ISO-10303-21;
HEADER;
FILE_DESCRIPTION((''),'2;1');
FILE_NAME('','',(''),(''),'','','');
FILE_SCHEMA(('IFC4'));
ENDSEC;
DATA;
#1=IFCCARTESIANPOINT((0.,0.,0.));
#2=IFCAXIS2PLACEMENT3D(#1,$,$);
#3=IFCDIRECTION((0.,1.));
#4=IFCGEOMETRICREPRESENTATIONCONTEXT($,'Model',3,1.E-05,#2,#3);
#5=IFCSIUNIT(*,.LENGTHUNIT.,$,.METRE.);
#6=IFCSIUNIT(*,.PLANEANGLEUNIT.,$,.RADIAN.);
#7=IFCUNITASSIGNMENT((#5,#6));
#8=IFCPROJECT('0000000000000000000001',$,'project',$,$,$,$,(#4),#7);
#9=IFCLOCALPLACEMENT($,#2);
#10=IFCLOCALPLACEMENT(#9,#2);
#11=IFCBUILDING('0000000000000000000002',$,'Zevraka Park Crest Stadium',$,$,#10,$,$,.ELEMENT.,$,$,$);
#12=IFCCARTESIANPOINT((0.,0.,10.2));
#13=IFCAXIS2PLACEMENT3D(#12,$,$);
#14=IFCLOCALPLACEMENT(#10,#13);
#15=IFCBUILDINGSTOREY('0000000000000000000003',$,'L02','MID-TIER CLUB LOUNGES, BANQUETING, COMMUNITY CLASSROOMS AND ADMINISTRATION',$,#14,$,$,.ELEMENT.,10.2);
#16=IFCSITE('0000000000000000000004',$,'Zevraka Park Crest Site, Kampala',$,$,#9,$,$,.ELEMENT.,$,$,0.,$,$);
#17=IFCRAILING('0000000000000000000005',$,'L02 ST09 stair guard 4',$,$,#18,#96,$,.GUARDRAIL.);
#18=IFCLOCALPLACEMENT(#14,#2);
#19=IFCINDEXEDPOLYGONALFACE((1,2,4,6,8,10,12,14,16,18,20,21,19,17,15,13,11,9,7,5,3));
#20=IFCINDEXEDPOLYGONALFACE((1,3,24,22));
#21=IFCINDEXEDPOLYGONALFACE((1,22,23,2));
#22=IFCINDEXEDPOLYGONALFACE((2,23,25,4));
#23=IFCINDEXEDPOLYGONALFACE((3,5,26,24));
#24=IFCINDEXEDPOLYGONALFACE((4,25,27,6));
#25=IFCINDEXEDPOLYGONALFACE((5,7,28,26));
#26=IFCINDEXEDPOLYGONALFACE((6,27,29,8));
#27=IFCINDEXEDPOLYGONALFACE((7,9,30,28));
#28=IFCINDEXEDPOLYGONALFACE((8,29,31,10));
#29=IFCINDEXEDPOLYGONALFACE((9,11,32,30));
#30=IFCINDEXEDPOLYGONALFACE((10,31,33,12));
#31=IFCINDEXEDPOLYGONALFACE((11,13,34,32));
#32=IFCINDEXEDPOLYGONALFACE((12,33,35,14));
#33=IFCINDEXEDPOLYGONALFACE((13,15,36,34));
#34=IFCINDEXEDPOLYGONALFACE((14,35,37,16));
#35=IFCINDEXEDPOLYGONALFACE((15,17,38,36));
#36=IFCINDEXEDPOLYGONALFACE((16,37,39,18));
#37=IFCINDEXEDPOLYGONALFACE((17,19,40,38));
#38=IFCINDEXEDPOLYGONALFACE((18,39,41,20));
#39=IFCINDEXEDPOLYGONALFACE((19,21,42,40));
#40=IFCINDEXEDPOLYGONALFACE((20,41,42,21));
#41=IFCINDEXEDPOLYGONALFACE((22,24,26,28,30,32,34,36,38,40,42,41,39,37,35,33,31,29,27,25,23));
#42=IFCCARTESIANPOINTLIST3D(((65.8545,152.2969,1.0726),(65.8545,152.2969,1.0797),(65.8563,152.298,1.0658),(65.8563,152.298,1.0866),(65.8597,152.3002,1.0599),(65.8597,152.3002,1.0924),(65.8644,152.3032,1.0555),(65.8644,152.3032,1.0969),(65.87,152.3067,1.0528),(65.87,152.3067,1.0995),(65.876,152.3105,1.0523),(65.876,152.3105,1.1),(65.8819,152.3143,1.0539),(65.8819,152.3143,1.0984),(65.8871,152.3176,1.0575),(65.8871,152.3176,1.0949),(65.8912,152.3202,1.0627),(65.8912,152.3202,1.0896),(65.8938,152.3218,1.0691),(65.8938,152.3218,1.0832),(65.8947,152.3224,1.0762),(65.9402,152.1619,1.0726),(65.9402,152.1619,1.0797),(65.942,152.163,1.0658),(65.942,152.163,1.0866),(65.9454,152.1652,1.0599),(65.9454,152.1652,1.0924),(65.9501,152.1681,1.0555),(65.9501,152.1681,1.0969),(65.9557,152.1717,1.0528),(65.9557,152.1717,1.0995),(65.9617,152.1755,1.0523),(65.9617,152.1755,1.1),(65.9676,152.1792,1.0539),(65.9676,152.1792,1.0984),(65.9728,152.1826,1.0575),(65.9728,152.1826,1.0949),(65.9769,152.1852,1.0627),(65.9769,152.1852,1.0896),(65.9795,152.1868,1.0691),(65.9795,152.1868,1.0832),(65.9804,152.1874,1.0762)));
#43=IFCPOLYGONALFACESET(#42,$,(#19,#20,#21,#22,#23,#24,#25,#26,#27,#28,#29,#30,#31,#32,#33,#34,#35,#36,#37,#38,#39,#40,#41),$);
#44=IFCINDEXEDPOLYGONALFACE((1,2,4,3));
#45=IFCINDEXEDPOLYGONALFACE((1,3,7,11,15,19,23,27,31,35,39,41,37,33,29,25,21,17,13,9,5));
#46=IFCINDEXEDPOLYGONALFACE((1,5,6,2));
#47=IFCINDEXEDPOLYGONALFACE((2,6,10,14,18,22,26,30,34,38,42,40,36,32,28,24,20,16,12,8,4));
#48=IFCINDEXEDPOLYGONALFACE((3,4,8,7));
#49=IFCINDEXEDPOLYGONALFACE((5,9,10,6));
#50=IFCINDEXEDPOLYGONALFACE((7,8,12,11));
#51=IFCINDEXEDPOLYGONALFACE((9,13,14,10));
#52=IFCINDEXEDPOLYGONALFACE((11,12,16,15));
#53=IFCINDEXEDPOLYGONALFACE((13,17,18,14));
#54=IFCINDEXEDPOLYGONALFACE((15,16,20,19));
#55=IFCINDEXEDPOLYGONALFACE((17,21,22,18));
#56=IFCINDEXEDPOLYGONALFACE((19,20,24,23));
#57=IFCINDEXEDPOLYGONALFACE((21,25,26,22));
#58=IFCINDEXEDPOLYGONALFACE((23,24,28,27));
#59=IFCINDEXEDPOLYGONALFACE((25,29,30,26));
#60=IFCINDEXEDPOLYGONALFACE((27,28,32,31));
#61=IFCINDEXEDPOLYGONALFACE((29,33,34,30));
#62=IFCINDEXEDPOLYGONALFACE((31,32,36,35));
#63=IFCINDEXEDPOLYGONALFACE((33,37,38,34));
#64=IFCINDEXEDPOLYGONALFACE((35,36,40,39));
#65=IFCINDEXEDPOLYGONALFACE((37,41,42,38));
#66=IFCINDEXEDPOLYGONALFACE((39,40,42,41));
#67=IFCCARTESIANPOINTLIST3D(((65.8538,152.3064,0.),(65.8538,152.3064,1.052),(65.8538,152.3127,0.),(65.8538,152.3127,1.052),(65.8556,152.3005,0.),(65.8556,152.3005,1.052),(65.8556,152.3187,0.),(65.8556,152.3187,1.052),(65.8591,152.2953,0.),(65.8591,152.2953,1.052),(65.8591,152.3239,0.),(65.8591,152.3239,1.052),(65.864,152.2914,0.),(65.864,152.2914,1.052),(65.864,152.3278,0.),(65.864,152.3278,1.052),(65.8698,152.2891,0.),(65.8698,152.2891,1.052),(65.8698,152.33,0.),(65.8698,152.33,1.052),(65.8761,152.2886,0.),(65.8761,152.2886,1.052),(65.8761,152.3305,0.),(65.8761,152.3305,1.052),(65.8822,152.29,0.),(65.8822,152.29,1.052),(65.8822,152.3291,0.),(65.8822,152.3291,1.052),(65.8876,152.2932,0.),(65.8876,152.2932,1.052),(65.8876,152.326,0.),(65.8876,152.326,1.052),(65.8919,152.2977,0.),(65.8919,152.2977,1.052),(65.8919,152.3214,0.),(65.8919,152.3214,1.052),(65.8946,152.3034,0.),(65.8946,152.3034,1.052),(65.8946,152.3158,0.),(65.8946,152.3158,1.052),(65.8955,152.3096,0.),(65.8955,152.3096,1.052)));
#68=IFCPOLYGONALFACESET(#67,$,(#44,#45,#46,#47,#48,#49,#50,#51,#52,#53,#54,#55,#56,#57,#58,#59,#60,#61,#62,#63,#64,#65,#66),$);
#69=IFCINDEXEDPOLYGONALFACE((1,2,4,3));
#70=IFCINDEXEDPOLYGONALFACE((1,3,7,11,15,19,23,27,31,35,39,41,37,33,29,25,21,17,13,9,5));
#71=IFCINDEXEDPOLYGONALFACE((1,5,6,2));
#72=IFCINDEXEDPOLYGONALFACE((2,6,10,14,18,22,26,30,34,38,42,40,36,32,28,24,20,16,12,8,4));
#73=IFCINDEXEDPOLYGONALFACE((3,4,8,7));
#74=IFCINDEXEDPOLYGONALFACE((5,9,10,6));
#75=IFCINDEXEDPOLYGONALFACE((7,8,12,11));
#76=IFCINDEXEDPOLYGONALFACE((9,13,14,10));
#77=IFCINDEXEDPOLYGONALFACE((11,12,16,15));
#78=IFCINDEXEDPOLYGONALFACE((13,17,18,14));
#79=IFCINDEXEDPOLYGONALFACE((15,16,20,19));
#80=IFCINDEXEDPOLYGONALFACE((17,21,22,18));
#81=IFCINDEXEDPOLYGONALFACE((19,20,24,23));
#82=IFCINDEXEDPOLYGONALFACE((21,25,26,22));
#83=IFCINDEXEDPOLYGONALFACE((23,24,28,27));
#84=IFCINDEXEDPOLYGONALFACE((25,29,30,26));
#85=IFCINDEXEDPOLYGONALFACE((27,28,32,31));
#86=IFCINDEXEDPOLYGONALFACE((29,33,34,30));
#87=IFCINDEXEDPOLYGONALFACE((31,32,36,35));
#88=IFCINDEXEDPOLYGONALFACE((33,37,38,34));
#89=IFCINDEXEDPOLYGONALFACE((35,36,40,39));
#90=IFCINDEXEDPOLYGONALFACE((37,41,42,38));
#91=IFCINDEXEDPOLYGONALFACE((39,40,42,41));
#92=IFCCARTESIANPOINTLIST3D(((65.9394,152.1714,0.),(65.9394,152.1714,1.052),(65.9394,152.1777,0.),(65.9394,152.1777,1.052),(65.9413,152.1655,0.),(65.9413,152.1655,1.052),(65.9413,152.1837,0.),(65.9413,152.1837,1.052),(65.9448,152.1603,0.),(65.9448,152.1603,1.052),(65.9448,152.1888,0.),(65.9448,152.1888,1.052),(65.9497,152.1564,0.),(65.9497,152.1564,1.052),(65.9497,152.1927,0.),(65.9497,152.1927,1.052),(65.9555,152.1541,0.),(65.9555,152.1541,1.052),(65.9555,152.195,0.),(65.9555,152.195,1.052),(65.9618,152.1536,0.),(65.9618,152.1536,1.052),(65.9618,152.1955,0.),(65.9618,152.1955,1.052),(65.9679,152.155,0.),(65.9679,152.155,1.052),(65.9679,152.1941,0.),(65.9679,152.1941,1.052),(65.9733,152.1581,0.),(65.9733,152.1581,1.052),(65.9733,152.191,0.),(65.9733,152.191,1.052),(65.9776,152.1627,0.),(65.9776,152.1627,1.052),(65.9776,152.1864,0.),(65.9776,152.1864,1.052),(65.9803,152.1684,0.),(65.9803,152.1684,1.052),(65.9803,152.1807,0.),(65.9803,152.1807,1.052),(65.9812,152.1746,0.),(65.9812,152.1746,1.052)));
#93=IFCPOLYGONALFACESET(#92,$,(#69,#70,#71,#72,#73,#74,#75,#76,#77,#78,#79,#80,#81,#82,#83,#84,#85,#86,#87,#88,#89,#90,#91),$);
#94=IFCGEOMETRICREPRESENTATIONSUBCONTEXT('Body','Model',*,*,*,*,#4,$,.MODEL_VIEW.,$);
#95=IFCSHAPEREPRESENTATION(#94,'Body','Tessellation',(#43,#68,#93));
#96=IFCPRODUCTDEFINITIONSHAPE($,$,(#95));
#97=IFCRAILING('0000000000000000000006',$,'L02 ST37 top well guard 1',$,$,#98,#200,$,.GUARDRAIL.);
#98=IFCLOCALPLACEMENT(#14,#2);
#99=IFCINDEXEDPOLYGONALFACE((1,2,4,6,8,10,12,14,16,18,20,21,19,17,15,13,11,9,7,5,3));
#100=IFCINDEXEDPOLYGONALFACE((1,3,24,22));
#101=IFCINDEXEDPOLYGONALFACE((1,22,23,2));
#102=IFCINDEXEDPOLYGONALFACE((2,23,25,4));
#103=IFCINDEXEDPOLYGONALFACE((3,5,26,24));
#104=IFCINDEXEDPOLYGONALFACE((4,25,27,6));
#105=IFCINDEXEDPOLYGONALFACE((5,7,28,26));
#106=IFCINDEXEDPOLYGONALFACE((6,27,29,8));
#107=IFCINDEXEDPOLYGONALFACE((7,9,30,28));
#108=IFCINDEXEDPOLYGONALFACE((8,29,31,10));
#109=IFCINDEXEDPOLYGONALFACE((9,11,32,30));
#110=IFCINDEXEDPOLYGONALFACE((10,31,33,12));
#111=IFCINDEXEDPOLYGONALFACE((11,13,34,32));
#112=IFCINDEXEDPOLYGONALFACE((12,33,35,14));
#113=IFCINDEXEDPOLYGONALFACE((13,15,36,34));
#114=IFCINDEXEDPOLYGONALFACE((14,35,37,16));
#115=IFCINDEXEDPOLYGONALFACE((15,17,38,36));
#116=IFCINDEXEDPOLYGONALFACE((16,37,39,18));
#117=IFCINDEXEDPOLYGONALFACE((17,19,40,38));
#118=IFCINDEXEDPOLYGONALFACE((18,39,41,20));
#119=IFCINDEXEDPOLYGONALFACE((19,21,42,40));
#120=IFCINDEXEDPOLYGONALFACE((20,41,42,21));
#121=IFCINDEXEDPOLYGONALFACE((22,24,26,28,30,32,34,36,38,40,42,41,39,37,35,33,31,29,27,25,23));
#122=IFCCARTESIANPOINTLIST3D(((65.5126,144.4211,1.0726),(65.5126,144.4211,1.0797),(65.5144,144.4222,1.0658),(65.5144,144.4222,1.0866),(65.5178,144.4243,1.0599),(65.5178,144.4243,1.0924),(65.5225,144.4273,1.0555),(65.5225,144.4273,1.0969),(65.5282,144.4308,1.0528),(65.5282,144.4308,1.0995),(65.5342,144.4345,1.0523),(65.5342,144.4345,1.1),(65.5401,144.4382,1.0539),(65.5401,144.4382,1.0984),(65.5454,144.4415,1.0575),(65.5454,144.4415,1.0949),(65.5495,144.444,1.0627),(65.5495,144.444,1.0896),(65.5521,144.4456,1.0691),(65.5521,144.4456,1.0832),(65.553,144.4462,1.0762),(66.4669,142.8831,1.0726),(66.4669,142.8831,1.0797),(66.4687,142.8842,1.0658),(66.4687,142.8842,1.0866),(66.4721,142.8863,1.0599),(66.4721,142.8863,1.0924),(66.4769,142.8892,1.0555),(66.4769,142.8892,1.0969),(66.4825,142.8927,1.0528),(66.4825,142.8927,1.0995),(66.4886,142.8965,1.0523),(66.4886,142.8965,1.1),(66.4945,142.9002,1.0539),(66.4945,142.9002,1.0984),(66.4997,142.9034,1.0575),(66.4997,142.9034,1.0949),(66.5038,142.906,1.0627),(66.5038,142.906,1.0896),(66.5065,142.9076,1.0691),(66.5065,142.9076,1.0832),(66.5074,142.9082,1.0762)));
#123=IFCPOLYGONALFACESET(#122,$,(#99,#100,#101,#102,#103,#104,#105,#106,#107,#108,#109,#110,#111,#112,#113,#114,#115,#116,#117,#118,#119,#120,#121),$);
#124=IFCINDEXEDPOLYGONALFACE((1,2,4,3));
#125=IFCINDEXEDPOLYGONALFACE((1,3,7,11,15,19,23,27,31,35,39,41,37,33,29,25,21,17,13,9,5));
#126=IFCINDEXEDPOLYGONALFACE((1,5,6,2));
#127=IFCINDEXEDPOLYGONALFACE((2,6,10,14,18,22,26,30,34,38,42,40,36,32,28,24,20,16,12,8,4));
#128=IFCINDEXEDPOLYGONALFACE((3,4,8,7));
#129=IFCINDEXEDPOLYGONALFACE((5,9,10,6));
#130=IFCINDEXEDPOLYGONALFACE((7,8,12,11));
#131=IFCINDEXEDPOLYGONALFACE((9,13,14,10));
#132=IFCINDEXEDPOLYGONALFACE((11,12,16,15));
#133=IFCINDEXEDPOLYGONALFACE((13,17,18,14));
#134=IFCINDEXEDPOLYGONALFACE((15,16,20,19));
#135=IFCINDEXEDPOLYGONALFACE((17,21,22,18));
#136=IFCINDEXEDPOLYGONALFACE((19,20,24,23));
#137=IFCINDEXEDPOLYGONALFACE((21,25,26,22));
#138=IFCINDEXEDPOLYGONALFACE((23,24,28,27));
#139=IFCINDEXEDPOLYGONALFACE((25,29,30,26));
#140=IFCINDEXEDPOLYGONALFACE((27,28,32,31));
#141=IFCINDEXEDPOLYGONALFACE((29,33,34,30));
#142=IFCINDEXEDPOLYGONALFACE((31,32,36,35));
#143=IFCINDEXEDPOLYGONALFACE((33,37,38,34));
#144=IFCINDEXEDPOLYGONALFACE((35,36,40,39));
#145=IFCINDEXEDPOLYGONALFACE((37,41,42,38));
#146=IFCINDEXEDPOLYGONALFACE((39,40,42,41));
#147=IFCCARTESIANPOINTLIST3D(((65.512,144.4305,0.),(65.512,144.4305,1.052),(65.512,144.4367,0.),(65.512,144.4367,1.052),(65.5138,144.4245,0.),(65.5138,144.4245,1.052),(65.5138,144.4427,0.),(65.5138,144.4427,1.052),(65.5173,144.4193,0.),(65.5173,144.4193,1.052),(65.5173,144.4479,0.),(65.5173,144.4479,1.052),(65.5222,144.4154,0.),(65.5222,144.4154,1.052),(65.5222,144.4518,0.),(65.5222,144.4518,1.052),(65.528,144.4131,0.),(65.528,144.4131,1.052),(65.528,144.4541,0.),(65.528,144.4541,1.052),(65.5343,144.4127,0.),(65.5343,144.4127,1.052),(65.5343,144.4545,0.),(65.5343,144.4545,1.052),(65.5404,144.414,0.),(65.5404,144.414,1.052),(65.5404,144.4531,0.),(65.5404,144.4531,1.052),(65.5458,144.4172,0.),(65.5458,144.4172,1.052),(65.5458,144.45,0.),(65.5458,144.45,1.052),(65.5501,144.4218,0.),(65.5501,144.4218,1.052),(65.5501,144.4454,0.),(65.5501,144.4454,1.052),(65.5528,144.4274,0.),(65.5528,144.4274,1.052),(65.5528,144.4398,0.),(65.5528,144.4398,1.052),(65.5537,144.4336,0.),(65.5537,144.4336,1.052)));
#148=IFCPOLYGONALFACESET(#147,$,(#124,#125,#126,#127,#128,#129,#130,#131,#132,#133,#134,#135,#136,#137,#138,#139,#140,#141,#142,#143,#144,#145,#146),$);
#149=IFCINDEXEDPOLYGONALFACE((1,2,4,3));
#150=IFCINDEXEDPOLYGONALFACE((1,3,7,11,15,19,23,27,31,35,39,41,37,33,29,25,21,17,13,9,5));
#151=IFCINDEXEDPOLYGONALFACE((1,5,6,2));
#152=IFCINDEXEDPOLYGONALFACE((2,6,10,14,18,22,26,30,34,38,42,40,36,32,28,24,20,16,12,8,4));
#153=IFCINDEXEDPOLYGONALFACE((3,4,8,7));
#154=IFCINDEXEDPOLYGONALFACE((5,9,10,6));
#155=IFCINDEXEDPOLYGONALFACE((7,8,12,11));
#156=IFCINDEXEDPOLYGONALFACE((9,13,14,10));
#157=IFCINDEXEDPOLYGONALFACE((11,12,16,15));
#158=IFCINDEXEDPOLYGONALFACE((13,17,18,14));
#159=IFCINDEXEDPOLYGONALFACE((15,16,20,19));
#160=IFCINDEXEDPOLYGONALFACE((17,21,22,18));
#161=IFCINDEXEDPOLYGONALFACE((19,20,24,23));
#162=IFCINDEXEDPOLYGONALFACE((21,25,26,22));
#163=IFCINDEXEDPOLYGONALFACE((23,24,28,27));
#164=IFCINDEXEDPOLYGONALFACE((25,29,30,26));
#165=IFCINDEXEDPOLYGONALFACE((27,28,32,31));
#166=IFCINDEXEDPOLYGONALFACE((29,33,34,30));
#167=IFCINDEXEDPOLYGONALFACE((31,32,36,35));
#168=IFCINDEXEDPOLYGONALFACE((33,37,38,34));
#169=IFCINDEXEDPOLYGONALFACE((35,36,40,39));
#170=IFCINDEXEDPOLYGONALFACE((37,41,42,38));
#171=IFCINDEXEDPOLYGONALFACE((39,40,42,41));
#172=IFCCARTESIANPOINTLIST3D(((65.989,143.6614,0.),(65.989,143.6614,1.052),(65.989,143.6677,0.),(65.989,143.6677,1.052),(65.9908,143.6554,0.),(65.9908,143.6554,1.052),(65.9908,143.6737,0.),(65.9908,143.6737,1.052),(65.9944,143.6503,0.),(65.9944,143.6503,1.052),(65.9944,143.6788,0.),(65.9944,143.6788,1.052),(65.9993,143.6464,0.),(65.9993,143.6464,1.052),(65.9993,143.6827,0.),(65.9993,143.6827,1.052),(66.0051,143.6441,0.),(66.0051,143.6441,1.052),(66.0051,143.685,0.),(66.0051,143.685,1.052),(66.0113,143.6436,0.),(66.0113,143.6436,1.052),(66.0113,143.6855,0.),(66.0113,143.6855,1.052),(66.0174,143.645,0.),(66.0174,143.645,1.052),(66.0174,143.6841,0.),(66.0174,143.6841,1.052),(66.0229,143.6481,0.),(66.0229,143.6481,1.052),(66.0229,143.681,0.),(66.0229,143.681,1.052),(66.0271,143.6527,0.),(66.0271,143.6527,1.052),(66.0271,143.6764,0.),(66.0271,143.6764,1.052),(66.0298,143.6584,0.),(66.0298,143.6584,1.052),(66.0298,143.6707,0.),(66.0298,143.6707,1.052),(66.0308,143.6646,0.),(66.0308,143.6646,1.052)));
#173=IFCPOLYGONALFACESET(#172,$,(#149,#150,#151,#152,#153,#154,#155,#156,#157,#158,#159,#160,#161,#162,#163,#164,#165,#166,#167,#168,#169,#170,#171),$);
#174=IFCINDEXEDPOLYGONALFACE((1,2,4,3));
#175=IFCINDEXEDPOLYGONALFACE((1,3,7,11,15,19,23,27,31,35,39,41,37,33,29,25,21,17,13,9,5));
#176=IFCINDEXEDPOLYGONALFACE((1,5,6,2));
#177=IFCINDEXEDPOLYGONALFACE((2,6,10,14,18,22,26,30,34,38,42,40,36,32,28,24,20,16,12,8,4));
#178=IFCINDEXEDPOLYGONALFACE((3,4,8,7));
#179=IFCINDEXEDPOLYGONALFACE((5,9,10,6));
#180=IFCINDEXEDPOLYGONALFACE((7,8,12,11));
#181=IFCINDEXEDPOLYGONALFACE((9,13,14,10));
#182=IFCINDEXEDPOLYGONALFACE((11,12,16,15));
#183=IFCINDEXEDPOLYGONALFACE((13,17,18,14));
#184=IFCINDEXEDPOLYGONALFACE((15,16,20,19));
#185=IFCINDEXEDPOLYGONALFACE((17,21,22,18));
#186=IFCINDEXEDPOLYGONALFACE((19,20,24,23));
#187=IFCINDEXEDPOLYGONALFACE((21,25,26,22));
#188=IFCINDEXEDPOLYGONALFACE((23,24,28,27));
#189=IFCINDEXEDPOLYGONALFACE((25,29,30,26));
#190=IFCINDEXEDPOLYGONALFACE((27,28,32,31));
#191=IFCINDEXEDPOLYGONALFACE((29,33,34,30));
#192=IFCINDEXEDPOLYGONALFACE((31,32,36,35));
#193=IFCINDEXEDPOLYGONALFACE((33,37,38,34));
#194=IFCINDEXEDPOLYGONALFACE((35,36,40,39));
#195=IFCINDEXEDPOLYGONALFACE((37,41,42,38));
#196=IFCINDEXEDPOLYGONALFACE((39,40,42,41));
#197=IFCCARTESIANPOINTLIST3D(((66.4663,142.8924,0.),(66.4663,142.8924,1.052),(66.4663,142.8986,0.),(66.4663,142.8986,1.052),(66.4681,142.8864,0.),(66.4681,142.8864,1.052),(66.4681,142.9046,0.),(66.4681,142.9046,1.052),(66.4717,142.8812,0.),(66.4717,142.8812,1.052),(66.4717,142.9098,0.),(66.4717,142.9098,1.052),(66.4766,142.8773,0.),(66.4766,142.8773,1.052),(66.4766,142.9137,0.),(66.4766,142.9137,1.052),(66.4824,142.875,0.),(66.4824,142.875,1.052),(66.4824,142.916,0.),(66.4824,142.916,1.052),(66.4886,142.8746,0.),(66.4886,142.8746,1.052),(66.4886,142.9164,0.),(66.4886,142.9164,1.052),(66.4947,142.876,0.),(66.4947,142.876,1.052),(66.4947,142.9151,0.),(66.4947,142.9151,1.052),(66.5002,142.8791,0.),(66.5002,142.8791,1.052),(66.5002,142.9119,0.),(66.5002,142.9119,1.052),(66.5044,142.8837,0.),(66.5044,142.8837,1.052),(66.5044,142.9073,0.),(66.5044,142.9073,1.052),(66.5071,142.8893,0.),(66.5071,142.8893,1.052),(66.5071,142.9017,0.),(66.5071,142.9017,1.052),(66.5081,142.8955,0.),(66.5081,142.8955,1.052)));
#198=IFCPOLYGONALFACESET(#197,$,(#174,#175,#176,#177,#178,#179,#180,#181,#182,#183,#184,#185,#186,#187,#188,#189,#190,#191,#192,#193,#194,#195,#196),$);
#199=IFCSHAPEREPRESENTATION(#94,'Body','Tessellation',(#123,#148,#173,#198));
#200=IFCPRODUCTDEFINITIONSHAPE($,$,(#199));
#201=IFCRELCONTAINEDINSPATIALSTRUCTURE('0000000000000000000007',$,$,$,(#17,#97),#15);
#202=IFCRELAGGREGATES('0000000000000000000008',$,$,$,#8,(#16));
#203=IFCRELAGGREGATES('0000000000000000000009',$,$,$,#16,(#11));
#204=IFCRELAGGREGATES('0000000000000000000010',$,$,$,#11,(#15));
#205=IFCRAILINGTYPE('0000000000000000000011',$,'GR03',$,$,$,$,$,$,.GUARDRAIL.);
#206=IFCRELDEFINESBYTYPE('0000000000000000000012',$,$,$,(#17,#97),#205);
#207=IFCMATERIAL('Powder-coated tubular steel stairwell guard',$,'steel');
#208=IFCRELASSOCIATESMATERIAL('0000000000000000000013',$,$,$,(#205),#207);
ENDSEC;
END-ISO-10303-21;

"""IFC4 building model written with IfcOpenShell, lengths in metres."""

from ifc_helpers import new_model, si_unit, direction, frame, origin, origin_2d, place, context, subcontext, project, spatial, circle, extrude, material, type_object, element, save


model = new_model("IFC4")

# Units and contexts
model_context = context("Model", 3, precision=1e-05, world=origin(), true_north=direction((0.0, 1.0)))
body_context = subcontext(model_context, "Body", "Model", "MODEL_VIEW")
ifc_project = project(units=[si_unit("LENGTHUNIT", "METRE"), si_unit("PLANEANGLEUNIT", "RADIAN")], contexts=[model_context])

# Site, building, storey
site_placement = place(None, origin())
site = spatial("IfcSite", under=ifc_project, at=site_placement, Name="Zevraka Park Crest Site, Kampala", CompositionType="ELEMENT", RefElevation=0.0)
building_placement = place(site_placement, origin())
building = spatial("IfcBuilding", under=site, at=building_placement, Name="Zevraka Park Crest Stadium", CompositionType="ELEMENT")
storey_placement = place(building_placement, frame((0.0, 0.0, 10.2)))
storey = spatial("IfcBuildingStorey", under=building, at=storey_placement, Name="L02", Description="MID-TIER CLUB LOUNGES, BANQUETING, COMMUNITY CLASSROOMS AND ADMINISTRATION", CompositionType="ELEMENT", Elevation=10.2)

# Railings
ifc_material_1 = material(Name="Powder-coated tubular steel stairwell guard", Category="steel")
railing_type_1 = type_object("IfcRailingType", Name="GR03", PredefinedType="GUARDRAIL", material=ifc_material_1)
railing_1_placement = place(storey_placement, frame((65.8745, 152.3096, 0.0)))
element("IfcRailing", 1, at=railing_1_placement, inside=storey, type_object=railing_type_1, Name="L02 ST09 stair guard 4", PredefinedType="GUARDRAIL", context=body_context, shape_type="SweptSolid", body=[
    extrude(circle(Radius=0.0239, at=origin_2d()), frame((0.0, 0.0, 1.0762), z_axis=(0.535887, -0.84429, 0.0), x_axis=(0.84429, 0.535887, 0.0)), (0.0, 0.0, 1.0), 0.1599),
    extrude(circle(Radius=0.021, at=origin_2d()), origin(), (0.0, 0.0, 1.0), 1.052),
    extrude(circle(Radius=0.021, at=origin_2d()), frame((0.0857, -0.135, 0.0)), (0.0, 0.0, 1.0), 1.052),
])
railing_2_placement = place(storey_placement, frame((65.5327, 144.4336, 0.0)))
element("IfcRailing", 2, at=railing_2_placement, inside=storey, type_object=railing_type_1, Name="L02 ST37 top well guard 1", PredefinedType="GUARDRAIL", context=body_context, shape_type="SweptSolid", body=[
    extrude(circle(Radius=0.0239, at=origin_2d()), frame((0.0, 0.0, 1.0762), z_axis=(0.527232, -0.849721, 0.0), x_axis=(0.849721, 0.527232, 0.0)), (0.0, 0.0, 1.0), 1.8101),
    extrude(circle(Radius=0.021, at=origin_2d()), origin(), (0.0, 0.0, 1.0), 1.052),
    extrude(circle(Radius=0.021, at=origin_2d()), frame((0.4771, -0.769, 0.0)), (0.0, 0.0, 1.0), 1.052),
    extrude(circle(Radius=0.021, at=origin_2d()), frame((0.9543, -1.5381, 0.0)), (0.0, 0.0, 1.0), 1.052),
])

save(model, "model.ifc")
